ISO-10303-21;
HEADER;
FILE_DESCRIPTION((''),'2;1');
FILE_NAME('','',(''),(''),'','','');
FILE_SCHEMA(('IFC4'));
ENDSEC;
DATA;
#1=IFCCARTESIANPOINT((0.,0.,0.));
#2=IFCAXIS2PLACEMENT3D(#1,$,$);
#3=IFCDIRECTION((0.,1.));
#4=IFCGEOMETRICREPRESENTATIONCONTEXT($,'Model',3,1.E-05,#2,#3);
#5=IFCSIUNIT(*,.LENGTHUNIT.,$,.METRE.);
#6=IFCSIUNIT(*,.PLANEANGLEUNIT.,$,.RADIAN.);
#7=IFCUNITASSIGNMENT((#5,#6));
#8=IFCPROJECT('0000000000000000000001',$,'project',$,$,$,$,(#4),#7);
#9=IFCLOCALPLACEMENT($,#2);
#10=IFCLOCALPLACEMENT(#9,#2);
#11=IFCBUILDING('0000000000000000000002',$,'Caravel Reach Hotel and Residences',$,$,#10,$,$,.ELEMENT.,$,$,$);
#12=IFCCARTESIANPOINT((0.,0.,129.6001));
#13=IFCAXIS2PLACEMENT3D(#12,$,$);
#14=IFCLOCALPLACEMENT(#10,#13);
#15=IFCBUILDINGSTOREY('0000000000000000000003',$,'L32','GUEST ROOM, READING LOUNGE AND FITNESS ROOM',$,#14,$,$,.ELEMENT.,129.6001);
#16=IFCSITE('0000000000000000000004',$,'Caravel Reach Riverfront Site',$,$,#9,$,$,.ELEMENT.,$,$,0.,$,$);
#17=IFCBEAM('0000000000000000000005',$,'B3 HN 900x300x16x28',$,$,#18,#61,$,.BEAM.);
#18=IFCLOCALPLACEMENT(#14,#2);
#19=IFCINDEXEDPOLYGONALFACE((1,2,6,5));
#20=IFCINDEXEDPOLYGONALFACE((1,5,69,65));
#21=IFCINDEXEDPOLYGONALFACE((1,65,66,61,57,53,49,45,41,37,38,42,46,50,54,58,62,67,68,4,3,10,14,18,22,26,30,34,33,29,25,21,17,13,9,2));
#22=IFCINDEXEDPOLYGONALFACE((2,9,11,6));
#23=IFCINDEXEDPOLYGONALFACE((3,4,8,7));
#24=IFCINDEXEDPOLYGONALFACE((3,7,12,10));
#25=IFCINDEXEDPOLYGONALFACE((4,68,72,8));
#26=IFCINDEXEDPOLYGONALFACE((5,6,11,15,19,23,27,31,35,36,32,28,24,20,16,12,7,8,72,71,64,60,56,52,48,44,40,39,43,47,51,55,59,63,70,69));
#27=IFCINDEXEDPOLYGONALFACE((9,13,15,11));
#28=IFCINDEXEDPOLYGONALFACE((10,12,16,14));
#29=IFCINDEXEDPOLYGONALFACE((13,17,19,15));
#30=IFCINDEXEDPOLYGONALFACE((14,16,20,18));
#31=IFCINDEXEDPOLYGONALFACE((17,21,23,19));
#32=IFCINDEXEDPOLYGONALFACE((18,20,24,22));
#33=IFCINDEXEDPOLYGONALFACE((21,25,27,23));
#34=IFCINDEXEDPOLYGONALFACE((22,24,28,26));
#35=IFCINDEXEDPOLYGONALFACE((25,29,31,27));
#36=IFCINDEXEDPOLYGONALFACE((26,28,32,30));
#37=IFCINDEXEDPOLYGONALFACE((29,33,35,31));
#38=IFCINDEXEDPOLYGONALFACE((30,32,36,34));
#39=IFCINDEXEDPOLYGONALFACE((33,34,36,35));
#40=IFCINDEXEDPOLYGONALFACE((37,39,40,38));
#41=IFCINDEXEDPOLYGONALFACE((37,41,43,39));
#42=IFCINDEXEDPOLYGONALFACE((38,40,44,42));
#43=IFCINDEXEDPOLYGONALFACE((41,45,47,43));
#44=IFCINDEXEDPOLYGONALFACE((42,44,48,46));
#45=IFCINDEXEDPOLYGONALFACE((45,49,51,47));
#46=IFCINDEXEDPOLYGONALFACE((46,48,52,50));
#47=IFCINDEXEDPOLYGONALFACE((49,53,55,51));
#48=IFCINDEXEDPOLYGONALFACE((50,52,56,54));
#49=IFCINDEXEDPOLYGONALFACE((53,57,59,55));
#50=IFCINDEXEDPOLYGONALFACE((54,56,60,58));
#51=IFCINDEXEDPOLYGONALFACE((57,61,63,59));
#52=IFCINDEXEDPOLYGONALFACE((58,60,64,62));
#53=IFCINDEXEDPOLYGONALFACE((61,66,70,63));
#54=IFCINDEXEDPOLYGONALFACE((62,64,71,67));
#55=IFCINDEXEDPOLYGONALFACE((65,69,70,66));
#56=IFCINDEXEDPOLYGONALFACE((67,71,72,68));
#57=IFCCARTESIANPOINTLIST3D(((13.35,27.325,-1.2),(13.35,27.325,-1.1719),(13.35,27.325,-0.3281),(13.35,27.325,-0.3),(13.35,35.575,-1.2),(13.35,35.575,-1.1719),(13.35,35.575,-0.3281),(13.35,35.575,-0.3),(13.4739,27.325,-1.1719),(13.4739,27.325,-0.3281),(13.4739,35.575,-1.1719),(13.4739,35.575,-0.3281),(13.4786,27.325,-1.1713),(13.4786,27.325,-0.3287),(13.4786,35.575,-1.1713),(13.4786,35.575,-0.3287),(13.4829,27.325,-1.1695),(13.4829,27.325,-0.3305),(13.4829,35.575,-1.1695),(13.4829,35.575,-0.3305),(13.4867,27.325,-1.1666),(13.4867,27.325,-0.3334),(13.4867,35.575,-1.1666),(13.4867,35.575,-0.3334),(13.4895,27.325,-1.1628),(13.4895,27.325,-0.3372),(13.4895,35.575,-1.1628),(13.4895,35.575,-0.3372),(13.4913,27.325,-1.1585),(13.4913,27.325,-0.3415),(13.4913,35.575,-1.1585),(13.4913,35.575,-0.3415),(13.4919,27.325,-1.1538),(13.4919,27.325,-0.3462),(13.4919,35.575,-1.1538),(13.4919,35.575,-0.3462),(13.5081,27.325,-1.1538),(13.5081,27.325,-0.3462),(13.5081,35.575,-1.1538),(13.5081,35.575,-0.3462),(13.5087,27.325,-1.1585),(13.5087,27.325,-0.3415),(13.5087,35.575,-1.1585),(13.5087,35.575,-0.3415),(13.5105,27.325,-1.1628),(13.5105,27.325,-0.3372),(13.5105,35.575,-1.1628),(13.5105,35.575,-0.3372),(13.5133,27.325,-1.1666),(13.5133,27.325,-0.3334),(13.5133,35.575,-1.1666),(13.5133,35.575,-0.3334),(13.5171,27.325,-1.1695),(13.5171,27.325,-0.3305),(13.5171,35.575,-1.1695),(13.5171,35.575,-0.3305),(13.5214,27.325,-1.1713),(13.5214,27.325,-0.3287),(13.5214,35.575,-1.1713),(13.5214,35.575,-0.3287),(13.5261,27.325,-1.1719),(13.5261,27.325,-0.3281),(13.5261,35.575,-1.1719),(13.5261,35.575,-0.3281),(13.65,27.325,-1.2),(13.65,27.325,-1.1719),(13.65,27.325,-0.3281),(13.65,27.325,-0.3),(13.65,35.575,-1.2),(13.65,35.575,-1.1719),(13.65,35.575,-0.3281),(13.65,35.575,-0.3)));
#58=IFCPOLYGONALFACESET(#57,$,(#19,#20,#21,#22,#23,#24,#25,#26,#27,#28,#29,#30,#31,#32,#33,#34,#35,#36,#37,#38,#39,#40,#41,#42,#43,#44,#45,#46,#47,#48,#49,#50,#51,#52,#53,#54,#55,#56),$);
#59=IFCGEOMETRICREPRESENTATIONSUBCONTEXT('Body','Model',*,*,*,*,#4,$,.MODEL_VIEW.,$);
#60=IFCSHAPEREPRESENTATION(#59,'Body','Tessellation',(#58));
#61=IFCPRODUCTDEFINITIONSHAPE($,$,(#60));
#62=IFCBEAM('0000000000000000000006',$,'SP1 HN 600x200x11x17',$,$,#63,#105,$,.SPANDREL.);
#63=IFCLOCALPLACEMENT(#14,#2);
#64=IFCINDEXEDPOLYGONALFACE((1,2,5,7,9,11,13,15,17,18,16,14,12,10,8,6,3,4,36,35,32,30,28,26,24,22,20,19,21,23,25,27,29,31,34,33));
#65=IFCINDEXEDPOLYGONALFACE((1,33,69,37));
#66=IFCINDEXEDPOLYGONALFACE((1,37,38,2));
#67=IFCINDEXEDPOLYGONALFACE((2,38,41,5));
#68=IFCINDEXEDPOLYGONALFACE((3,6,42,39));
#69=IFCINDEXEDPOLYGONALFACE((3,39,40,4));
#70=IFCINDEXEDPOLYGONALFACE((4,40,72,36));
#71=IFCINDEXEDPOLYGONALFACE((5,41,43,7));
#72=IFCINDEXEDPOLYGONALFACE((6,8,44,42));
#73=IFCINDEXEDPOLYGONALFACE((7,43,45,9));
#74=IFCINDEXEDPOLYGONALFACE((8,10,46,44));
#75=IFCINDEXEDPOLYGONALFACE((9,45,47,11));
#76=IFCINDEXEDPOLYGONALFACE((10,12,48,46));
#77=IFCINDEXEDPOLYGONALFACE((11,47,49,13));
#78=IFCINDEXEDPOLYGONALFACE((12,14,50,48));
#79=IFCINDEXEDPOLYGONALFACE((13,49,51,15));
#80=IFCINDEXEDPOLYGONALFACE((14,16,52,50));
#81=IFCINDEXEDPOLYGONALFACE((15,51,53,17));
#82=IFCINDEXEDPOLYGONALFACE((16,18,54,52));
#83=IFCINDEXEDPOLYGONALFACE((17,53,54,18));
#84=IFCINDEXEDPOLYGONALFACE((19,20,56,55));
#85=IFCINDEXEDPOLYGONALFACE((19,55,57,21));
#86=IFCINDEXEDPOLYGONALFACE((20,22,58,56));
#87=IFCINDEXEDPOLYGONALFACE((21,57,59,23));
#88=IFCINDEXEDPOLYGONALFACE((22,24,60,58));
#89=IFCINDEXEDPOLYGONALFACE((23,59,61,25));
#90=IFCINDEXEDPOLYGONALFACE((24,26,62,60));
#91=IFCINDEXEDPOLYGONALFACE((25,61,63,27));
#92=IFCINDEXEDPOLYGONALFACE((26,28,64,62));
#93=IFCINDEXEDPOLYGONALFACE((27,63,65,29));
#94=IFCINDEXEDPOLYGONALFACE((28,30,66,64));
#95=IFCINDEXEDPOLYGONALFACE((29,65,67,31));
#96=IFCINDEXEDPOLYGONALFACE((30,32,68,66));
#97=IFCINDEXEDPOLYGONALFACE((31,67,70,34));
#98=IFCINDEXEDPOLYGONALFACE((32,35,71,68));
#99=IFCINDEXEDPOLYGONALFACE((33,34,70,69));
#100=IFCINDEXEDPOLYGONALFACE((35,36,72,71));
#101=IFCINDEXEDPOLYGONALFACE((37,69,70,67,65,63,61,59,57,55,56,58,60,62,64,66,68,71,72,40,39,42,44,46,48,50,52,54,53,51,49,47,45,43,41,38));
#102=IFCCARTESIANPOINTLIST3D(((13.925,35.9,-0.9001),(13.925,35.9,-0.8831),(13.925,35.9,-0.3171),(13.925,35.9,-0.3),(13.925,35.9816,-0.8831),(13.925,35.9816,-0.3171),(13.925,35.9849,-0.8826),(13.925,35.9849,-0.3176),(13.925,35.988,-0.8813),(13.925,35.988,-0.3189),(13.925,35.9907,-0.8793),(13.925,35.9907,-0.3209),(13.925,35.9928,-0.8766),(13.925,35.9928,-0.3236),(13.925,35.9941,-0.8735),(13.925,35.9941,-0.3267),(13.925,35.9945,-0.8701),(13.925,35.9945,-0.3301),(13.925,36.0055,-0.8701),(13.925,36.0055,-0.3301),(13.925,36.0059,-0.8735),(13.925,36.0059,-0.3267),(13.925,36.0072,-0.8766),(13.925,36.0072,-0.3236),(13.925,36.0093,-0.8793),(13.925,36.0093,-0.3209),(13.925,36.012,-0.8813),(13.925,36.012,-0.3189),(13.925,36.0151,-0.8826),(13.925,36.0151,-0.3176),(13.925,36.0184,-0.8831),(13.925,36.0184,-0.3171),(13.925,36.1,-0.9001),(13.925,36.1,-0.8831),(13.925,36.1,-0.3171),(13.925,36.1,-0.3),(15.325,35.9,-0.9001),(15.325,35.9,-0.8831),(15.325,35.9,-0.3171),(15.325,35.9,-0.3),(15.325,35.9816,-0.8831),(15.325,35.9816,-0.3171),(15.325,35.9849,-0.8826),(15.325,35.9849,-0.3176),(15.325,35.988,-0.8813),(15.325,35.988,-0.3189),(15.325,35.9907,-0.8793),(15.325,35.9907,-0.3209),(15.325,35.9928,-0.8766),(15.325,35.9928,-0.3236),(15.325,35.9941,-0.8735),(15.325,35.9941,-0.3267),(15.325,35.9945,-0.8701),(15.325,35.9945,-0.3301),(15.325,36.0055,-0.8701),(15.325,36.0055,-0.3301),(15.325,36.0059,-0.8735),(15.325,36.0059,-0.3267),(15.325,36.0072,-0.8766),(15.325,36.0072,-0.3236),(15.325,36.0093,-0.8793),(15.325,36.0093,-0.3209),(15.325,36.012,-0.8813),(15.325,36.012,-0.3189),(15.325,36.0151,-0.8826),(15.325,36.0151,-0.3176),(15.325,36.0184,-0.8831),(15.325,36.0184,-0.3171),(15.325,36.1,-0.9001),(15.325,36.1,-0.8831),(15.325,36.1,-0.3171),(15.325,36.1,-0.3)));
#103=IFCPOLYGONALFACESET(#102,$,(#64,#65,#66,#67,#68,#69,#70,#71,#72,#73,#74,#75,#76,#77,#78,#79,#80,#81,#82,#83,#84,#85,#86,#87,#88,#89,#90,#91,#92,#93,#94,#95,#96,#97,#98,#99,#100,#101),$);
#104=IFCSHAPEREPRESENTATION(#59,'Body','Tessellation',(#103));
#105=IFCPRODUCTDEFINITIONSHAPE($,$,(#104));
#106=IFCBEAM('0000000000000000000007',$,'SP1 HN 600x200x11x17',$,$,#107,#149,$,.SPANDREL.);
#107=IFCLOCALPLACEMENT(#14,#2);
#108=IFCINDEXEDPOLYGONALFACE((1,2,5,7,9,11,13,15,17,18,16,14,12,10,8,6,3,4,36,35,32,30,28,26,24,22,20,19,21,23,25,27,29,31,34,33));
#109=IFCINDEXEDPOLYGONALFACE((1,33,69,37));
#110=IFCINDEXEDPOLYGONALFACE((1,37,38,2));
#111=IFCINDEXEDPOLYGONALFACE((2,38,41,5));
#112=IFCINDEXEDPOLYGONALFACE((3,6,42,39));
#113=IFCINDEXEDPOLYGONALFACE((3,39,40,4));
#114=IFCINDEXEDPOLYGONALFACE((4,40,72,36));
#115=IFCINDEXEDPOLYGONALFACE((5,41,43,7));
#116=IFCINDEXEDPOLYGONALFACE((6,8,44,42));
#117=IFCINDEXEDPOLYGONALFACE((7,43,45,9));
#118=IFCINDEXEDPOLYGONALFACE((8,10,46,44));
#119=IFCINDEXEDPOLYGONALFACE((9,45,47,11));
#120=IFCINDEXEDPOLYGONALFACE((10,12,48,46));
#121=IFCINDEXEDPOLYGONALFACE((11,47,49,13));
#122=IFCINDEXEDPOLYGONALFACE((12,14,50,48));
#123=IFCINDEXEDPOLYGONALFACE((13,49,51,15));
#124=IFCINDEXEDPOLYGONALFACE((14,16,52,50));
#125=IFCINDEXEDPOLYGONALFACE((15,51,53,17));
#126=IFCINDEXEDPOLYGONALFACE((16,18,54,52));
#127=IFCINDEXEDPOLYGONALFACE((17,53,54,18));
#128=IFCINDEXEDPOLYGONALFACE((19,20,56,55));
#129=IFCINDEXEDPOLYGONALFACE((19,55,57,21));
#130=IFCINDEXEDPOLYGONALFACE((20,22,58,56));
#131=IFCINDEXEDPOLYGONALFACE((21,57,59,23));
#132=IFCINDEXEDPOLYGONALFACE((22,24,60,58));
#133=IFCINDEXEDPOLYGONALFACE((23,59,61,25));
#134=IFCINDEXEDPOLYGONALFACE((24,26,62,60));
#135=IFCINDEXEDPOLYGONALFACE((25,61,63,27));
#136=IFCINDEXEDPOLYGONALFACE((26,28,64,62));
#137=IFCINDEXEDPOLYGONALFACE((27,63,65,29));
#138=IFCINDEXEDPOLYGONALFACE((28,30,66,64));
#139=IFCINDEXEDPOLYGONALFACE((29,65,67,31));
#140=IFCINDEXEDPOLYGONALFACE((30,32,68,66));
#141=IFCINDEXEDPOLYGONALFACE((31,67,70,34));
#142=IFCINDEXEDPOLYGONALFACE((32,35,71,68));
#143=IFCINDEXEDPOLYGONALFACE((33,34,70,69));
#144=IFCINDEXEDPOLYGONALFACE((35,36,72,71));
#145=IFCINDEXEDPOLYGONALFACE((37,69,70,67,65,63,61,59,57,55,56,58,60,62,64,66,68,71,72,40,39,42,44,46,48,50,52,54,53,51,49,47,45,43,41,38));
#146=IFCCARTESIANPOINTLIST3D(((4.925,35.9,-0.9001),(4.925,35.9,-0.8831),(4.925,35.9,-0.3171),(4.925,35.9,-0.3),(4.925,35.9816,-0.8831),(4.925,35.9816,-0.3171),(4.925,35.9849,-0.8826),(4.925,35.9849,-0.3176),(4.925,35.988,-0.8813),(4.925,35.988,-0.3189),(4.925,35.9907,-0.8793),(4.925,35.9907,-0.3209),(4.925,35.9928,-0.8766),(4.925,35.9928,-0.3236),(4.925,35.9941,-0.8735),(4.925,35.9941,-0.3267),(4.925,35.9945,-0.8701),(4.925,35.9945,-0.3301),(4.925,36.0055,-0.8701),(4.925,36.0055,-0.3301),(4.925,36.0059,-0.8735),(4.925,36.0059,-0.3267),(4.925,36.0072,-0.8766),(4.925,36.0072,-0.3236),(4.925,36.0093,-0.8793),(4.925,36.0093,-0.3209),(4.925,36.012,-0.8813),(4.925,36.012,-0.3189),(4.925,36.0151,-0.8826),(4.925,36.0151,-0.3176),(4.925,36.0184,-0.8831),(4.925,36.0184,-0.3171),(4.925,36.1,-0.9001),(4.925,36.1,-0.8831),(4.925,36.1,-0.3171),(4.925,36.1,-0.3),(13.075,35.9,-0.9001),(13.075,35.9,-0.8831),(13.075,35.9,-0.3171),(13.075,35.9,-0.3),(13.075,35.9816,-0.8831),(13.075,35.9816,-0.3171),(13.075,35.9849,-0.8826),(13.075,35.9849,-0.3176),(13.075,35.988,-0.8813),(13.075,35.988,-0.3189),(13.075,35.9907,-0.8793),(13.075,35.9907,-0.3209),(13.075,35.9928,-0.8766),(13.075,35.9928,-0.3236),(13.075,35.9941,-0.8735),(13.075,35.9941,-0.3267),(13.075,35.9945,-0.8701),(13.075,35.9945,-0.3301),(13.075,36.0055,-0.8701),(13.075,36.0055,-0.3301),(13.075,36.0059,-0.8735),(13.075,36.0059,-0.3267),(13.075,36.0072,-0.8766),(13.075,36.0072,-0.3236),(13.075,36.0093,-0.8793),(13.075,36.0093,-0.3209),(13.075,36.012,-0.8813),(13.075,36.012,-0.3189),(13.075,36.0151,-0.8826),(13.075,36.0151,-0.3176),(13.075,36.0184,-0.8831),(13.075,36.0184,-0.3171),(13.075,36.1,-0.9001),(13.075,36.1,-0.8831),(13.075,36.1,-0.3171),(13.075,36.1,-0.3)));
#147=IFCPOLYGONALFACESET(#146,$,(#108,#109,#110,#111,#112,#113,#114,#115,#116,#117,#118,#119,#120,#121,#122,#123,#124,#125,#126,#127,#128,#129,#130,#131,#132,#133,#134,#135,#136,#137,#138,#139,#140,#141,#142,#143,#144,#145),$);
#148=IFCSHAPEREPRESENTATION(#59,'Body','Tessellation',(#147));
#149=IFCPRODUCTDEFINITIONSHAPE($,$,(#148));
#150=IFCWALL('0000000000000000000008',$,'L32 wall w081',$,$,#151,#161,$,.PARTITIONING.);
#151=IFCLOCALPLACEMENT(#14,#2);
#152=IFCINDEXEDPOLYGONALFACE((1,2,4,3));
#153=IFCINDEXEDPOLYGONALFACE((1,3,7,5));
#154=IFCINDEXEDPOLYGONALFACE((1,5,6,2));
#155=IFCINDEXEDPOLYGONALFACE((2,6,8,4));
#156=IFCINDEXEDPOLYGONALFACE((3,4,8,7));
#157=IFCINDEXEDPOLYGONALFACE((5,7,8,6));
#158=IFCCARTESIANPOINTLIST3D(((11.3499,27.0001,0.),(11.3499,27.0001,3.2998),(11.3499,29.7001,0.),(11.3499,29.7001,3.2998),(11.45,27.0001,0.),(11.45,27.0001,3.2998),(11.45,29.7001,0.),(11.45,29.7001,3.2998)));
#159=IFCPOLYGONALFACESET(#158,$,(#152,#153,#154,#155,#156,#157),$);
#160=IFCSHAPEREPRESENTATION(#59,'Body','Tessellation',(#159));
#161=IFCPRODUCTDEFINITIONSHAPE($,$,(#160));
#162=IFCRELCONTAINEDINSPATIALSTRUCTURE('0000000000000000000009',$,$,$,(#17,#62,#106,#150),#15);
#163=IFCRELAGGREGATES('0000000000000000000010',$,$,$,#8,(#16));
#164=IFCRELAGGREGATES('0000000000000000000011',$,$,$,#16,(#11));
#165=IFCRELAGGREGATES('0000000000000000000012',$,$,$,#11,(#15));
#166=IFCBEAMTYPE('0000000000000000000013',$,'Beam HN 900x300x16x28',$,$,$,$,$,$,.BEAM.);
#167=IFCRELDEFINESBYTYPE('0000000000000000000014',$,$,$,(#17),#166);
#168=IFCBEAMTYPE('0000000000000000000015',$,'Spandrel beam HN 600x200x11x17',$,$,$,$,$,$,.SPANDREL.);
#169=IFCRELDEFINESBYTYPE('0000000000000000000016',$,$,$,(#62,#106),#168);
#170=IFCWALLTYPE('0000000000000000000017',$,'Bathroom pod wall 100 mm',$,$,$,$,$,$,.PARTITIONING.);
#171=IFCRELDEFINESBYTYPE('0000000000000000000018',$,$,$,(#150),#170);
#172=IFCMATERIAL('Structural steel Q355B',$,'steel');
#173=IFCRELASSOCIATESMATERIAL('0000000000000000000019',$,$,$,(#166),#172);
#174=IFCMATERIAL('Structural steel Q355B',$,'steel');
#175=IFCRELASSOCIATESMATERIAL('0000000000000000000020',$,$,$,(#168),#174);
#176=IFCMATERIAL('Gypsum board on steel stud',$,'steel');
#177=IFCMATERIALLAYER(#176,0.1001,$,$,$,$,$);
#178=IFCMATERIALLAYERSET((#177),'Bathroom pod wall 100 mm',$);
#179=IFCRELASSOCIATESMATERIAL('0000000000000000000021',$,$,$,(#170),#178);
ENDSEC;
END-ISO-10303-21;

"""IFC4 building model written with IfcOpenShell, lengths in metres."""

from ifc_helpers import new_model, si_unit, direction, frame, frame_2d, origin, origin_2d, place, context, subcontext, project, spatial, rectangle, i_section, extrude, material, layer, layer_set, material_profile, profile_set, type_object, element, save


model = new_model("IFC4")

# Units and contexts
model_context = context("Model", 3, precision=1e-05, world=origin(), true_north=direction((0.0, 1.0)))
body_context = subcontext(model_context, "Body", "Model", "MODEL_VIEW")
ifc_project = project(units=[si_unit("LENGTHUNIT", "METRE"), si_unit("PLANEANGLEUNIT", "RADIAN")], contexts=[model_context])

# Site, building, storey
site_placement = place(None, origin())
site = spatial("IfcSite", under=ifc_project, at=site_placement, Name="Caravel Reach Riverfront Site", CompositionType="ELEMENT", RefElevation=0.0)
building_placement = place(site_placement, origin())
building = spatial("IfcBuilding", under=site, at=building_placement, Name="Caravel Reach Hotel and Residences", CompositionType="ELEMENT")
storey_placement = place(building_placement, frame((0.0, 0.0, 129.6001)))
storey = spatial("IfcBuildingStorey", under=building, at=storey_placement, Name="L32", Description="GUEST ROOM, READING LOUNGE AND FITNESS ROOM", CompositionType="ELEMENT", Elevation=129.6001)

# Beams
ifc_material_1 = material(Name="Structural steel Q355B", Category="steel")
ifc_material_profile_1 = material_profile(ifc_material_1, i_section(OverallWidth=0.3, OverallDepth=0.8999, WebThickness=0.0161, FlangeThickness=0.0281, FilletRadius=0.0181, at=origin_2d()), Name="HN 900x300x16x28")
ifc_profile_set_1 = profile_set([ifc_material_profile_1], Name="Structural steel Q355B")
beam_type_1 = type_object("IfcBeamType", Name="Beam HN 900x300x16x28", PredefinedType="BEAM", material=ifc_profile_set_1)
beam_1_placement = place(storey_placement, frame((13.5, 27.325, -0.75), z_axis=(0.0, 1.0, 0.0), x_axis=(-1.0, 0.0, 0.0)))
element("IfcBeam", 1, at=beam_1_placement, inside=storey, type_object=beam_type_1, Name="B3 HN 900x300x16x28", PredefinedType="BEAM", context=body_context, shape_type="SweptSolid", body=[
    extrude(i_section(OverallWidth=0.3, OverallDepth=0.8999, WebThickness=0.0161, FlangeThickness=0.0281, FilletRadius=0.0181, at=origin_2d()), origin(), (0.0, 0.0, 1.0), 8.25),
])
ifc_material_2 = material(Name="Structural steel Q355B", Category="steel")
ifc_material_profile_2 = material_profile(ifc_material_2, i_section(OverallWidth=0.2, OverallDepth=0.6001, WebThickness=0.011, FlangeThickness=0.0171, FilletRadius=0.0129, at=origin_2d()), Name="HN 600x200x11x17")
ifc_profile_set_2 = profile_set([ifc_material_profile_2], Name="Structural steel Q355B")
beam_type_2 = type_object("IfcBeamType", Name="Spandrel beam HN 600x200x11x17", PredefinedType="SPANDREL", material=ifc_profile_set_2)
beam_2_placement = place(storey_placement, frame((15.325, 36.0, -0.6001), z_axis=(-1.0, 0.0, 0.0), x_axis=(0.0, -1.0, 0.0)))
element("IfcBeam", 2, at=beam_2_placement, inside=storey, type_object=beam_type_2, Name="SP1 HN 600x200x11x17", PredefinedType="SPANDREL", context=body_context, shape_type="SweptSolid", body=[
    extrude(i_section(OverallWidth=0.2, OverallDepth=0.6001, WebThickness=0.011, FlangeThickness=0.0171, FilletRadius=0.0129, at=origin_2d()), origin(), (0.0, 0.0, 1.0), 1.3999),
])
beam_3_placement = place(storey_placement, frame((13.075, 36.0, -0.6001), z_axis=(-1.0, 0.0, 0.0), x_axis=(0.0, -1.0, 0.0)))
element("IfcBeam", 3, at=beam_3_placement, inside=storey, type_object=beam_type_2, Name="SP1 HN 600x200x11x17", PredefinedType="SPANDREL", context=body_context, shape_type="SweptSolid", body=[
    extrude(i_section(OverallWidth=0.2, OverallDepth=0.6001, WebThickness=0.011, FlangeThickness=0.0171, FilletRadius=0.0129, at=origin_2d()), origin(), (0.0, 0.0, 1.0), 8.1499),
])

# Wall
ifc_material_3 = material(Name="Gypsum board on steel stud", Category="steel")
ifc_layer_1 = layer(ifc_material_3, 0.1001)
ifc_layer_set_1 = layer_set([ifc_layer_1], Name="Bathroom pod wall 100 mm")
wall_type_1 = type_object("IfcWallType", Name="Bathroom pod wall 100 mm", PredefinedType="PARTITIONING", material=ifc_layer_set_1)
wall_1_placement = place(storey_placement, frame((11.3999, 27.0, 0.0), z_axis=(0.0, 0.0, 1.0), x_axis=(0.0, 1.0, 0.0)))
element("IfcWall", 4, at=wall_1_placement, inside=storey, type_object=wall_type_1, Name="L32 wall w081", PredefinedType="PARTITIONING", context=body_context, shape_type="SweptSolid", body=[
    extrude(rectangle(XDim=2.7, YDim=0.1001, at=frame_2d((1.3501, 0.0))), origin(), (0.0, 0.0, 1.0), 3.2998),
])

save(model, "model.ifc")
